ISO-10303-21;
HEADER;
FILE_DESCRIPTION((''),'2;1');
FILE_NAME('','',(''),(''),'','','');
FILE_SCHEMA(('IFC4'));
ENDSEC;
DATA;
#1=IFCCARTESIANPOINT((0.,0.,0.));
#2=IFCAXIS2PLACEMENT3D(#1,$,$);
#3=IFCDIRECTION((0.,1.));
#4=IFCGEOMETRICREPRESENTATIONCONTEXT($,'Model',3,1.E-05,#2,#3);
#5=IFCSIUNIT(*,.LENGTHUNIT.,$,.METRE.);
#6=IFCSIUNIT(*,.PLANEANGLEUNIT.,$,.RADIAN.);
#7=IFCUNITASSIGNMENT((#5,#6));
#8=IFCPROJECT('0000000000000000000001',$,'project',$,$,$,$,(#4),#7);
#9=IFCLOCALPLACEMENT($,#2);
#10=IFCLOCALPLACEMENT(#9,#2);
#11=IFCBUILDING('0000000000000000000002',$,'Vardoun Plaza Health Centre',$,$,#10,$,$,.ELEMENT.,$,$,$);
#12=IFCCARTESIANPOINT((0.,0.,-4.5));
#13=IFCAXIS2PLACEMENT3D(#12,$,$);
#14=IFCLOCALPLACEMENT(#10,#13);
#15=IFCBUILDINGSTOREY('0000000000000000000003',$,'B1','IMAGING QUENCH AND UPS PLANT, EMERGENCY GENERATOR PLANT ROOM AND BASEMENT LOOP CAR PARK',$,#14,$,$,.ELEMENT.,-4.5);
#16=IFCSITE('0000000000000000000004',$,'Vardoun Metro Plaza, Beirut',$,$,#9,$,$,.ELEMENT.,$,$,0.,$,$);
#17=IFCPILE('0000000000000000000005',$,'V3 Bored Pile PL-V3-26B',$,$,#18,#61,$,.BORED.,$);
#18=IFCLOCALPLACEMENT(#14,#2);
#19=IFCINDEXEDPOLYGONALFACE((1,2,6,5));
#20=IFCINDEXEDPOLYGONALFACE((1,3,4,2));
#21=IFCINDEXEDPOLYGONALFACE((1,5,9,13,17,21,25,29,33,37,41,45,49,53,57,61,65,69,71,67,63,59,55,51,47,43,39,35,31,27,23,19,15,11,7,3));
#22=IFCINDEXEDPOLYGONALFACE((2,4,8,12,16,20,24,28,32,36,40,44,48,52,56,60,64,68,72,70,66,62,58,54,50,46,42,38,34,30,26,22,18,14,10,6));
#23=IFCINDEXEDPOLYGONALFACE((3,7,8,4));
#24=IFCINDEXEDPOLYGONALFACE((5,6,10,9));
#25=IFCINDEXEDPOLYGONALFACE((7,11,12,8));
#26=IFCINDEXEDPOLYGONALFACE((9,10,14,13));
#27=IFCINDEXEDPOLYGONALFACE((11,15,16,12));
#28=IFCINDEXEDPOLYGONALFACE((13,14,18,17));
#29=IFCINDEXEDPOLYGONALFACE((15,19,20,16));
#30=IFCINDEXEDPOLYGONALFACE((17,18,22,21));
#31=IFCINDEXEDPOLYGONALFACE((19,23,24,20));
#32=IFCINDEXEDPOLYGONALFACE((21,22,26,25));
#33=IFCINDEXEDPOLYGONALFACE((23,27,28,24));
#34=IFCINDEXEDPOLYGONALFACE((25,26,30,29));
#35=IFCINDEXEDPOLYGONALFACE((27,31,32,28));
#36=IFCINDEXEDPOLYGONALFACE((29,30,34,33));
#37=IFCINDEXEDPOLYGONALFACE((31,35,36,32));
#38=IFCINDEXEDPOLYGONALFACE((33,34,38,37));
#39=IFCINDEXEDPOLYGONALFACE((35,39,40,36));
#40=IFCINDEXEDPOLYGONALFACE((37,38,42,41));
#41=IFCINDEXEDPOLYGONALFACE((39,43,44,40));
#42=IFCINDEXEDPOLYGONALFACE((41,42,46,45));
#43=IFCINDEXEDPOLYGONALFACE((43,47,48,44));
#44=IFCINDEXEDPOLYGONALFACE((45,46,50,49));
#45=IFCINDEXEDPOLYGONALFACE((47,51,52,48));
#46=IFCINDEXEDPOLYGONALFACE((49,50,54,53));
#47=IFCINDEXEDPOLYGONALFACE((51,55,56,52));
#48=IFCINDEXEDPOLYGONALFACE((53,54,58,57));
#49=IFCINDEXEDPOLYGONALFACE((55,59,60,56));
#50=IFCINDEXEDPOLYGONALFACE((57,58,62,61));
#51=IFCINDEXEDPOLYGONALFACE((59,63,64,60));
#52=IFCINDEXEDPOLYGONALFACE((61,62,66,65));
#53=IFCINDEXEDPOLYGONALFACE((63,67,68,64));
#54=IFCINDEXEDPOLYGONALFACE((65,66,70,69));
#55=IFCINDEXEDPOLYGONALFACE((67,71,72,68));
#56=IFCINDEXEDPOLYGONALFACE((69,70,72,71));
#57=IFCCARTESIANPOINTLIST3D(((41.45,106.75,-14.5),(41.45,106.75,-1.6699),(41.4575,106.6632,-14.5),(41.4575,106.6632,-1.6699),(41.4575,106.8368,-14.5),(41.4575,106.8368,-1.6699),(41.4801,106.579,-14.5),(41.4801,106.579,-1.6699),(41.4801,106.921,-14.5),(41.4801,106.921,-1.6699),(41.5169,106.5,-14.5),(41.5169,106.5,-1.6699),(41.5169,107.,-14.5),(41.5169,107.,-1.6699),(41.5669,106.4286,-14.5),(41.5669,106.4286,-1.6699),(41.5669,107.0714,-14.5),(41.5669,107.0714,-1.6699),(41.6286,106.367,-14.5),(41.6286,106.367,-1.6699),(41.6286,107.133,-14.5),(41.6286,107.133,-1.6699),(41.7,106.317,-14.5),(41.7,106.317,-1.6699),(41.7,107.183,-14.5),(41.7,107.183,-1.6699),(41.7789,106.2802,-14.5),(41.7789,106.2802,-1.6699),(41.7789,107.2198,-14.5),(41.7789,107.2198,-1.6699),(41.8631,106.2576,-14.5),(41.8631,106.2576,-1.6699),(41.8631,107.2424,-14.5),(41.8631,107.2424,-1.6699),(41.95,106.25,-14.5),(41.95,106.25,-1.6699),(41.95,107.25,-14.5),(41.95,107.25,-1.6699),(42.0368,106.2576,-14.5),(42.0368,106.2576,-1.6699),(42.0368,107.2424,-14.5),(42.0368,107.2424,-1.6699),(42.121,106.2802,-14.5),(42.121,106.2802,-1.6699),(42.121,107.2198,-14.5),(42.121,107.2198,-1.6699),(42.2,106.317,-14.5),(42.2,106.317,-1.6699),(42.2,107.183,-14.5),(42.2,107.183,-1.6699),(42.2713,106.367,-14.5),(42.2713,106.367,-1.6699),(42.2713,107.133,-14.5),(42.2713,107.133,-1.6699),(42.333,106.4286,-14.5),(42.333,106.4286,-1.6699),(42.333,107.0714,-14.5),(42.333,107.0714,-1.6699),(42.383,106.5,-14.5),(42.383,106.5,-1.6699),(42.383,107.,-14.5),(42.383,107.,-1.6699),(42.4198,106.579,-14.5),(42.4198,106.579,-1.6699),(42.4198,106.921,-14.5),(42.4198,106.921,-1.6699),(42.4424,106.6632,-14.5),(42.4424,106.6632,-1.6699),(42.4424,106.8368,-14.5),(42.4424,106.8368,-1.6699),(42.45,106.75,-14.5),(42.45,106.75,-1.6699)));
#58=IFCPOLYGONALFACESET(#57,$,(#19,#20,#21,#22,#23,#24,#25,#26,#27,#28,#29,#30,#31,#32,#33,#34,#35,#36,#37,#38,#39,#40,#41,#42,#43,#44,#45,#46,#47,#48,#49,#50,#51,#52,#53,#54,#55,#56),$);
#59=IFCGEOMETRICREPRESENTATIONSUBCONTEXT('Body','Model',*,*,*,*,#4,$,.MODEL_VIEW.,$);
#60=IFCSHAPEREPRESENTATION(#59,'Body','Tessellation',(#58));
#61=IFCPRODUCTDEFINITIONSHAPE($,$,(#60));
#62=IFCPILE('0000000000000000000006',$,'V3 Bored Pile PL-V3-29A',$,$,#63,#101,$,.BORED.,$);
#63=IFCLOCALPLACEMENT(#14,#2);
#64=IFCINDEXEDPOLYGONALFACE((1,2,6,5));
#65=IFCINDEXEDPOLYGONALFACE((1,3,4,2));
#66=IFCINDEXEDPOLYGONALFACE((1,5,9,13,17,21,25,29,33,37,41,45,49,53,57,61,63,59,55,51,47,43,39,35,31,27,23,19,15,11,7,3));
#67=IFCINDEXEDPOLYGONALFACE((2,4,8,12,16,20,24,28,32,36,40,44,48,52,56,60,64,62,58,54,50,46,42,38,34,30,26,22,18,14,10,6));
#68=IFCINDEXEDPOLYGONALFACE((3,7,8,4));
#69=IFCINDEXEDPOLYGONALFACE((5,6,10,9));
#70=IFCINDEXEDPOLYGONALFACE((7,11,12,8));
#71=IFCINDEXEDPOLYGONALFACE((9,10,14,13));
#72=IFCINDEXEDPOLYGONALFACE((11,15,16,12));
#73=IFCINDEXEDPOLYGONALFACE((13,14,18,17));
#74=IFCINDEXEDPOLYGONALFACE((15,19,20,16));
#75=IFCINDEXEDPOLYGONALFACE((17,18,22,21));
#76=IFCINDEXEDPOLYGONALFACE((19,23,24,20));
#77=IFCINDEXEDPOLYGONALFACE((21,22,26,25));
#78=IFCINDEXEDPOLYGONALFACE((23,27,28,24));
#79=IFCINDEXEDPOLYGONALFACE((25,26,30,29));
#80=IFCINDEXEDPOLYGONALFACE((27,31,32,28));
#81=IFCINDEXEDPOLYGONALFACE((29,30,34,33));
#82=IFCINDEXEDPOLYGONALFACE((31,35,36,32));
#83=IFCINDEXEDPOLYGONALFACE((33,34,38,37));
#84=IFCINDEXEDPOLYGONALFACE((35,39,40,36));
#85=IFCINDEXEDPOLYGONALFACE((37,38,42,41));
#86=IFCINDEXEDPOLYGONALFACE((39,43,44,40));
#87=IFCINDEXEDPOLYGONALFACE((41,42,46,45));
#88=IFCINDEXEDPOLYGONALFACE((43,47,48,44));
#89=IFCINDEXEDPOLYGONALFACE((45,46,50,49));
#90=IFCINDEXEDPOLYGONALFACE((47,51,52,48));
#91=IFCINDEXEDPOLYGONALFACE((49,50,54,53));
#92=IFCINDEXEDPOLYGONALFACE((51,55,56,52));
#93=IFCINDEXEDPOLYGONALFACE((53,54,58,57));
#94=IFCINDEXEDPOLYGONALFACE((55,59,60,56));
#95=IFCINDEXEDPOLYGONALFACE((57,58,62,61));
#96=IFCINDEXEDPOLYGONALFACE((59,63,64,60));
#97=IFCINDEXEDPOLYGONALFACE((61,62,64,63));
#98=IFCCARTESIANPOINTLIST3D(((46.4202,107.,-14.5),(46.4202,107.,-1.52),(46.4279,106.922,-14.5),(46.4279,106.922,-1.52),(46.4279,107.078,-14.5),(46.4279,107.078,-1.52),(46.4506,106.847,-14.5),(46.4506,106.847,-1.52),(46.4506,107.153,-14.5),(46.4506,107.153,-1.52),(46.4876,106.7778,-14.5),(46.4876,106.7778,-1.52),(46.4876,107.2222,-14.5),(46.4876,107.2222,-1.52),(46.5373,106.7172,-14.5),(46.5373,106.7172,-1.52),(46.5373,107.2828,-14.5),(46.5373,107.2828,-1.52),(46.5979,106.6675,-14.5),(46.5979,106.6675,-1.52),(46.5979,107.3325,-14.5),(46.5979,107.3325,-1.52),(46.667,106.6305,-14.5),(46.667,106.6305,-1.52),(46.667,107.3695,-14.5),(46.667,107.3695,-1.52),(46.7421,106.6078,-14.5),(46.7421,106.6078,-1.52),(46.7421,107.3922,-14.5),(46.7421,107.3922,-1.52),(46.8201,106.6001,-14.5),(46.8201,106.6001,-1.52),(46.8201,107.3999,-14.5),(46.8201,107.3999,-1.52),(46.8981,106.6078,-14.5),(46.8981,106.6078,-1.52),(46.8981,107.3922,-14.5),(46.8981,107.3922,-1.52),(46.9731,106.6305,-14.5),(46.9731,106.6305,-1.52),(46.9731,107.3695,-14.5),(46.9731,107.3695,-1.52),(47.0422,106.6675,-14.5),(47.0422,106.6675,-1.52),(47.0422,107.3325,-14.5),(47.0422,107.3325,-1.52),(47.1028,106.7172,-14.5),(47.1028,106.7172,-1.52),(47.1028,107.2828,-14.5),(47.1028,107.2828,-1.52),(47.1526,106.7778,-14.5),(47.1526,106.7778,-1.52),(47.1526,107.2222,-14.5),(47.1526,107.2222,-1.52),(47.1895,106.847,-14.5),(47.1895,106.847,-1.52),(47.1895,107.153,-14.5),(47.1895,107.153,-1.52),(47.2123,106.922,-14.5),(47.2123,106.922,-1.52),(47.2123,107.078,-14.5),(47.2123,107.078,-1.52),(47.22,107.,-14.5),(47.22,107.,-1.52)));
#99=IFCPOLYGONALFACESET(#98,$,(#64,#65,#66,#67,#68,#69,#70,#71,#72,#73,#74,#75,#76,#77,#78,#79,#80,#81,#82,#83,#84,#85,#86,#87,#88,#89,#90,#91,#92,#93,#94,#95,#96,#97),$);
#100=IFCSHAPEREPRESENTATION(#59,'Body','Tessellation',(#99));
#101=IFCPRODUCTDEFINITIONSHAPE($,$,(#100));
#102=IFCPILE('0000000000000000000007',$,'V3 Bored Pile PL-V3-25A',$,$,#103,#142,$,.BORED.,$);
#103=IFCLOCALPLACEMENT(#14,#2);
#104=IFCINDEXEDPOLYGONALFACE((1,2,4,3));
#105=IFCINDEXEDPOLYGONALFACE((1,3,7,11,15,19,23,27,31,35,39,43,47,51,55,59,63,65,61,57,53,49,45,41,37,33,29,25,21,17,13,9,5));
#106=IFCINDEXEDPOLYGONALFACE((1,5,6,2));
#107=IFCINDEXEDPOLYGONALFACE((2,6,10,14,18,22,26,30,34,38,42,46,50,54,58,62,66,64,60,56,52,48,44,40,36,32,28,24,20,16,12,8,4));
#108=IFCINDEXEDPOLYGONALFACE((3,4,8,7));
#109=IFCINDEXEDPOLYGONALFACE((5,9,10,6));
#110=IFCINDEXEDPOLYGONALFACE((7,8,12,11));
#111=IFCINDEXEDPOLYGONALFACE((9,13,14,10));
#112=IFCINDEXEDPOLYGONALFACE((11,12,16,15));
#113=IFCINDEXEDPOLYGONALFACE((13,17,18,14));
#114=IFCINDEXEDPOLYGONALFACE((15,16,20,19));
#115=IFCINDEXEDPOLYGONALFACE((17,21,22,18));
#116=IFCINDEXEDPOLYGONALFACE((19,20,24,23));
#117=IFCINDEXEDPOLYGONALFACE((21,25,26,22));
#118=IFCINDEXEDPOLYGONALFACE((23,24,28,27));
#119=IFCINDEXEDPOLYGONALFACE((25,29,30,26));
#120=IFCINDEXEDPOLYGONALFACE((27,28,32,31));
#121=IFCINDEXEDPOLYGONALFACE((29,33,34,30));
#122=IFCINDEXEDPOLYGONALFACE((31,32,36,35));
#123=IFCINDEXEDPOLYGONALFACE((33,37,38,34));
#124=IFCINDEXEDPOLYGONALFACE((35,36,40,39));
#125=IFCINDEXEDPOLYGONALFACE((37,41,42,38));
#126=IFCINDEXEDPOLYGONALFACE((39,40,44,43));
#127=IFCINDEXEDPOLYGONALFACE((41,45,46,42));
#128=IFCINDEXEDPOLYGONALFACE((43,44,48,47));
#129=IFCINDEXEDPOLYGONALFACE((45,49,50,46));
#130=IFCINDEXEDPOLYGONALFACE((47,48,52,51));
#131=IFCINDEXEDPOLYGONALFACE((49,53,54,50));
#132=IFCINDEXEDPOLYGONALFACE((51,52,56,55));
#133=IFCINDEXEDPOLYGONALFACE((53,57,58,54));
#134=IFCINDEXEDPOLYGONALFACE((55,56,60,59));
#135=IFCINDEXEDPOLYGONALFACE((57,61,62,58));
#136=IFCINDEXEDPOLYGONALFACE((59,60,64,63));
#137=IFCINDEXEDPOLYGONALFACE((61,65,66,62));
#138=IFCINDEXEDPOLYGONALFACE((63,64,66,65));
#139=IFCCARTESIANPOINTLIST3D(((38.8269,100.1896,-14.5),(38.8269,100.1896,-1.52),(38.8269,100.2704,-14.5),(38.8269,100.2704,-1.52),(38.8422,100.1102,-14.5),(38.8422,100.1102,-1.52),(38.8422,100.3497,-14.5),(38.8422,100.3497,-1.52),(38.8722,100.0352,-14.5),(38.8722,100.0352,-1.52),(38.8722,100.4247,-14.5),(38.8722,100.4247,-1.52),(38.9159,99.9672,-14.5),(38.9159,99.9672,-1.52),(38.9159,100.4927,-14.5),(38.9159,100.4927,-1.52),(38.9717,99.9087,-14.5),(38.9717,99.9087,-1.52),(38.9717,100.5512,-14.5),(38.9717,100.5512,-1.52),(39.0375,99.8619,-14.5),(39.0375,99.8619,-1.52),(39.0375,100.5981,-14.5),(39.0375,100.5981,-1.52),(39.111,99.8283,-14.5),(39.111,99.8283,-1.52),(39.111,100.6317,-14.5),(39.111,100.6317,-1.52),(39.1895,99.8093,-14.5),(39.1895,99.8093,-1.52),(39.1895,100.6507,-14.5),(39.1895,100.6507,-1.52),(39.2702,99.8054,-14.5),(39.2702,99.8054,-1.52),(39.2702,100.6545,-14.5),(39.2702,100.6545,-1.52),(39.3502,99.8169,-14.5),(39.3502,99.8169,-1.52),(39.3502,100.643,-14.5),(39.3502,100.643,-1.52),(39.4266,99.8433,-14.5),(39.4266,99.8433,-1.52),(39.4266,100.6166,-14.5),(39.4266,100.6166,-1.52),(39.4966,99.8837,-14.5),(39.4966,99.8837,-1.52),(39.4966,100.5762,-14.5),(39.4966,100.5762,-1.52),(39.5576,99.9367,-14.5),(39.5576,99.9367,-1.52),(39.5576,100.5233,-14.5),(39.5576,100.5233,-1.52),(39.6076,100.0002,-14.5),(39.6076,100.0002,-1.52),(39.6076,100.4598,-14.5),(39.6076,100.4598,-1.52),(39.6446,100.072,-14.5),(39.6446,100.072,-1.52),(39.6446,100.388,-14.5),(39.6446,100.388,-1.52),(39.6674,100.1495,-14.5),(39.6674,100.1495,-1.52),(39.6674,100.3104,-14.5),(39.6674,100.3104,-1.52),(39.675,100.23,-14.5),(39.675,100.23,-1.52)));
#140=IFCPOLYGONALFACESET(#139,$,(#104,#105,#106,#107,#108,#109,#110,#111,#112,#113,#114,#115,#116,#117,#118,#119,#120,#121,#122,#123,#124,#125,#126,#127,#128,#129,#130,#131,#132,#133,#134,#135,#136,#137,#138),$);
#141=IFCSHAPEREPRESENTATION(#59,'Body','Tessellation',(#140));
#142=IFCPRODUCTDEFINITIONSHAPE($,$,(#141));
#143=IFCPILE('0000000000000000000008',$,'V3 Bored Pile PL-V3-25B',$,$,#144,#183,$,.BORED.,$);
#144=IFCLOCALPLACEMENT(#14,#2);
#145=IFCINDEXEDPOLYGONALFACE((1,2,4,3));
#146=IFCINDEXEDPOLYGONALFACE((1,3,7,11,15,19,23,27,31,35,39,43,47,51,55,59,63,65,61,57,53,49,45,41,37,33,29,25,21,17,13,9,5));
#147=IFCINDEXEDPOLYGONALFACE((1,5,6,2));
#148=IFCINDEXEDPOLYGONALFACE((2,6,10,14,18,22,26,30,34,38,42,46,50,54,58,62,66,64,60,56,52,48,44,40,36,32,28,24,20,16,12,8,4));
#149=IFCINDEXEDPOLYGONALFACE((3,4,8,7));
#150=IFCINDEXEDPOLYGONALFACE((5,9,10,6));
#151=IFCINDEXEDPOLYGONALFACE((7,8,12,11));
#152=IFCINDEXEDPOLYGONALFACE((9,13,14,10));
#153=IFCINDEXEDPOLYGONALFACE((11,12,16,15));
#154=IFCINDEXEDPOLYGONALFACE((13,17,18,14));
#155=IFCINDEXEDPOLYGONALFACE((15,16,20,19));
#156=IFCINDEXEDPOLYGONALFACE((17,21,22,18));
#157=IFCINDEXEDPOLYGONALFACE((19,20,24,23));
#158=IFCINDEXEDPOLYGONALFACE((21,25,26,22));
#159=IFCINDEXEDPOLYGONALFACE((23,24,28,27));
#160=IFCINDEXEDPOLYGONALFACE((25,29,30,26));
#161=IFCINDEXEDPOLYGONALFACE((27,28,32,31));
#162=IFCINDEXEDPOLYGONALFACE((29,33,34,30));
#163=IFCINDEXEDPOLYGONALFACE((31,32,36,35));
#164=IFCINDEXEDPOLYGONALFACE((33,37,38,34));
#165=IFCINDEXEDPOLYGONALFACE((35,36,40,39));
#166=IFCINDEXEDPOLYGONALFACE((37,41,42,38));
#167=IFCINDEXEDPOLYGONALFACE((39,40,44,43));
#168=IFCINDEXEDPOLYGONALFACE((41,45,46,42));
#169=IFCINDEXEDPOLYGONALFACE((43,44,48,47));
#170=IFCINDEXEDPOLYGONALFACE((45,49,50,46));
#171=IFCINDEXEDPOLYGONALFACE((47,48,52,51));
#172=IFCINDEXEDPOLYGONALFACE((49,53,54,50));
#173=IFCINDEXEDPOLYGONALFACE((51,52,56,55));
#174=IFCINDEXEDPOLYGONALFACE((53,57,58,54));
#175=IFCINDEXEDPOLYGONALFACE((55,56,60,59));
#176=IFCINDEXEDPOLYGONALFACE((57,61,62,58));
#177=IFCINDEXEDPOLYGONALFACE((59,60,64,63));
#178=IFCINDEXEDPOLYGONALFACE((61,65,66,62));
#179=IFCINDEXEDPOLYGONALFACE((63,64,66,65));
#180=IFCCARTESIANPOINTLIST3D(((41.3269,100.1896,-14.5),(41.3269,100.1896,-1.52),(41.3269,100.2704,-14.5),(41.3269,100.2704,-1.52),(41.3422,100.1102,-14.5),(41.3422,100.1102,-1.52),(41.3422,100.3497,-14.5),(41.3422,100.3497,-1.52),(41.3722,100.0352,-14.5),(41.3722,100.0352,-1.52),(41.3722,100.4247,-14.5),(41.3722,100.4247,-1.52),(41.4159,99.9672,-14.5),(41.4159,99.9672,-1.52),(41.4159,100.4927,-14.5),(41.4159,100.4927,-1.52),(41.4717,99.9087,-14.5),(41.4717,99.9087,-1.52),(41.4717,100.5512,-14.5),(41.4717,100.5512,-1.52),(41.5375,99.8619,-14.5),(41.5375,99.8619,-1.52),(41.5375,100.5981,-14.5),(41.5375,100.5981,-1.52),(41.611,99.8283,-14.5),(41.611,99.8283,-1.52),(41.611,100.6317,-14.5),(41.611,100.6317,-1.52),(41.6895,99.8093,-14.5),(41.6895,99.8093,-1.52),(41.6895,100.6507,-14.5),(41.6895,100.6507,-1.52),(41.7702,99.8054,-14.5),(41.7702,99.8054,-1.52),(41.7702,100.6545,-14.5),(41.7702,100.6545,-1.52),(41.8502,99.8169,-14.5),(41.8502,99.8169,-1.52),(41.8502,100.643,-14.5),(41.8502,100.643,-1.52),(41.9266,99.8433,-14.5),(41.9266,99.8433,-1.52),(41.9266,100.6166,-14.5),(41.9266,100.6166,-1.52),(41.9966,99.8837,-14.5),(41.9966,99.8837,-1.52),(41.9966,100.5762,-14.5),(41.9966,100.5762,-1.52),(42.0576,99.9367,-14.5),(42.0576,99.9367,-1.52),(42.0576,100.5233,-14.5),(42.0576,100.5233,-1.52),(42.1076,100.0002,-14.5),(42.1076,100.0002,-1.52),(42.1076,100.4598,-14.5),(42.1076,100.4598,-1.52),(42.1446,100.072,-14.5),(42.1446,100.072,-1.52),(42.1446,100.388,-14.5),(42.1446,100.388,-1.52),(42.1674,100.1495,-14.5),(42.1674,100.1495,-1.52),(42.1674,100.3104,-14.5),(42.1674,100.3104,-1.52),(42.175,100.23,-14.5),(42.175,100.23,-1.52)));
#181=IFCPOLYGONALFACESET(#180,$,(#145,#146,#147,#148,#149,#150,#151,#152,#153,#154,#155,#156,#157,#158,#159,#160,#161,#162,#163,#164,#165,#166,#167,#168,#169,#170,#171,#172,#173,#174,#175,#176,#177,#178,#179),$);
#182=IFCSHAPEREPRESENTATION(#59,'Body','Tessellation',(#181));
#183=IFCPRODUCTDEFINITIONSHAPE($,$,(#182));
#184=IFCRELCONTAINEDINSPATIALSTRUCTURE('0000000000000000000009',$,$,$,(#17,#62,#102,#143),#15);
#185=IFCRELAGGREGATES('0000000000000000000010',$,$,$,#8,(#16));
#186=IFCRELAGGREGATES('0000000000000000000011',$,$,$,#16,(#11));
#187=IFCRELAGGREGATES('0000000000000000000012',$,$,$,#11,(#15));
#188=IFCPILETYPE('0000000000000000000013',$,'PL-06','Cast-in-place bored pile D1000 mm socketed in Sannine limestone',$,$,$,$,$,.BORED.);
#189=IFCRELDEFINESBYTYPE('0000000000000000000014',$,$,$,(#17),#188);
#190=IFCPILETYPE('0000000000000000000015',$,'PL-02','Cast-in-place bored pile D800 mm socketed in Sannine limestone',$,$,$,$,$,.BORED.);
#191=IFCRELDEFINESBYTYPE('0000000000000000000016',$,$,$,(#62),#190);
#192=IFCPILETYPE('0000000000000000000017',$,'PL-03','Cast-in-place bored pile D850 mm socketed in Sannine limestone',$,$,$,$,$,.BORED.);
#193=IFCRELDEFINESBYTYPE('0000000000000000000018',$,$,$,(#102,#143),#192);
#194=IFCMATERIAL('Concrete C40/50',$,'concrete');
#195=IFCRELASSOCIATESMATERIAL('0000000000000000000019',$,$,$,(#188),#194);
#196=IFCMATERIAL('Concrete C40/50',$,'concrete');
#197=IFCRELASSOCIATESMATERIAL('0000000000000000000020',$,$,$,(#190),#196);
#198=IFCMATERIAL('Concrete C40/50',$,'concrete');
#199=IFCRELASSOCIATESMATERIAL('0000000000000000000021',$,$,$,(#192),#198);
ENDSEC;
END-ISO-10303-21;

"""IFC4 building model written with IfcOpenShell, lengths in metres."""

from ifc_helpers import new_model, si_unit, direction, frame, origin, origin_2d, place, context, subcontext, project, spatial, circle, extrude, material, material_profile, profile_set, type_object, element, save


model = new_model("IFC4")

# Units and contexts
model_context = context("Model", 3, precision=1e-05, world=origin(), true_north=direction((0.0, 1.0)))
body_context = subcontext(model_context, "Body", "Model", "MODEL_VIEW")
ifc_project = project(units=[si_unit("LENGTHUNIT", "METRE"), si_unit("PLANEANGLEUNIT", "RADIAN")], contexts=[model_context])

# Site, building, storey
site_placement = place(None, origin())
site = spatial("IfcSite", under=ifc_project, at=site_placement, Name="Vardoun Metro Plaza, Beirut", CompositionType="ELEMENT", RefElevation=0.0)
building_placement = place(site_placement, origin())
building = spatial("IfcBuilding", under=site, at=building_placement, Name="Vardoun Plaza Health Centre", CompositionType="ELEMENT")
storey_placement = place(building_placement, frame((0.0, 0.0, -4.5)))
storey = spatial("IfcBuildingStorey", under=building, at=storey_placement, Name="B1", Description="IMAGING QUENCH AND UPS PLANT, EMERGENCY GENERATOR PLANT ROOM AND BASEMENT LOOP CAR PARK", CompositionType="ELEMENT", Elevation=-4.5)

# Piles
ifc_material_1 = material(Name="Concrete C40/50", Category="concrete")
ifc_material_profile_1 = material_profile(ifc_material_1, circle(Radius=0.5, at=origin_2d()), Name="PILE D1000")
ifc_profile_set_1 = profile_set([ifc_material_profile_1], Name="Concrete C40/50")
pile_type_1 = type_object("IfcPileType", Name="PL-06", Description="Cast-in-place bored pile D1000 mm socketed in Sannine limestone", PredefinedType="BORED", material=ifc_profile_set_1)
for number, where, z_axis, x_axis, name in (
    (1, (41.95, 106.75, -1.6699), (0.0, 0.0, -1.0), (1.0, 0.0, 0.0), "V3 Bored Pile PL-V3-26B"),
):
    element("IfcPile", number, at=place(storey_placement, frame(where, z_axis=z_axis, x_axis=x_axis)), inside=storey, type_object=pile_type_1, Name=name, PredefinedType="BORED", context=body_context, shape_type="SweptSolid", body=[
        extrude(circle(Radius=0.5, at=origin_2d()), origin(), (0.0, 0.0, 1.0), 12.8301),
    ])
ifc_material_2 = material(Name="Concrete C40/50", Category="concrete")
ifc_material_profile_2 = material_profile(ifc_material_2, circle(Radius=0.3999, at=origin_2d()), Name="PILE D800")
ifc_profile_set_2 = profile_set([ifc_material_profile_2], Name="Concrete C40/50")
pile_type_2 = type_object("IfcPileType", Name="PL-02", Description="Cast-in-place bored pile D800 mm socketed in Sannine limestone", PredefinedType="BORED", material=ifc_profile_set_2)
pile_placement = place(storey_placement, frame((46.8201, 107.0, -1.52), z_axis=(0.0, 0.0, -1.0), x_axis=(1.0, 0.0, 0.0)))
element("IfcPile", 2, at=pile_placement, inside=storey, type_object=pile_type_2, Name="V3 Bored Pile PL-V3-29A", PredefinedType="BORED", context=body_context, shape_type="SweptSolid", body=[
    extrude(circle(Radius=0.3999, at=origin_2d()), origin(), (0.0, 0.0, 1.0), 12.98),
])
ifc_material_3 = material(Name="Concrete C40/50", Category="concrete")
ifc_material_profile_3 = material_profile(ifc_material_3, circle(Radius=0.425, at=origin_2d()), Name="PILE D850")
ifc_profile_set_3 = profile_set([ifc_material_profile_3], Name="Concrete C40/50")
pile_type_3 = type_object("IfcPileType", Name="PL-03", Description="Cast-in-place bored pile D850 mm socketed in Sannine limestone", PredefinedType="BORED", material=ifc_profile_set_3)
for number, where, z_axis, x_axis, name in (
    (3, (39.25, 100.23, -1.52), (0.0, 0.0, -1.0), (1.0, 0.0, 0.0), "V3 Bored Pile PL-V3-25A"),
    (4, (41.75, 100.23, -1.52), (0.0, 0.0, -1.0), (1.0, 0.0, 0.0), "V3 Bored Pile PL-V3-25B"),
):
    element("IfcPile", number, at=place(storey_placement, frame(where, z_axis=z_axis, x_axis=x_axis)), inside=storey, type_object=pile_type_3, Name=name, PredefinedType="BORED", context=body_context, shape_type="SweptSolid", body=[
        extrude(circle(Radius=0.425, at=origin_2d()), origin(), (0.0, 0.0, 1.0), 12.98),
    ])

save(model, "model.ifc")
